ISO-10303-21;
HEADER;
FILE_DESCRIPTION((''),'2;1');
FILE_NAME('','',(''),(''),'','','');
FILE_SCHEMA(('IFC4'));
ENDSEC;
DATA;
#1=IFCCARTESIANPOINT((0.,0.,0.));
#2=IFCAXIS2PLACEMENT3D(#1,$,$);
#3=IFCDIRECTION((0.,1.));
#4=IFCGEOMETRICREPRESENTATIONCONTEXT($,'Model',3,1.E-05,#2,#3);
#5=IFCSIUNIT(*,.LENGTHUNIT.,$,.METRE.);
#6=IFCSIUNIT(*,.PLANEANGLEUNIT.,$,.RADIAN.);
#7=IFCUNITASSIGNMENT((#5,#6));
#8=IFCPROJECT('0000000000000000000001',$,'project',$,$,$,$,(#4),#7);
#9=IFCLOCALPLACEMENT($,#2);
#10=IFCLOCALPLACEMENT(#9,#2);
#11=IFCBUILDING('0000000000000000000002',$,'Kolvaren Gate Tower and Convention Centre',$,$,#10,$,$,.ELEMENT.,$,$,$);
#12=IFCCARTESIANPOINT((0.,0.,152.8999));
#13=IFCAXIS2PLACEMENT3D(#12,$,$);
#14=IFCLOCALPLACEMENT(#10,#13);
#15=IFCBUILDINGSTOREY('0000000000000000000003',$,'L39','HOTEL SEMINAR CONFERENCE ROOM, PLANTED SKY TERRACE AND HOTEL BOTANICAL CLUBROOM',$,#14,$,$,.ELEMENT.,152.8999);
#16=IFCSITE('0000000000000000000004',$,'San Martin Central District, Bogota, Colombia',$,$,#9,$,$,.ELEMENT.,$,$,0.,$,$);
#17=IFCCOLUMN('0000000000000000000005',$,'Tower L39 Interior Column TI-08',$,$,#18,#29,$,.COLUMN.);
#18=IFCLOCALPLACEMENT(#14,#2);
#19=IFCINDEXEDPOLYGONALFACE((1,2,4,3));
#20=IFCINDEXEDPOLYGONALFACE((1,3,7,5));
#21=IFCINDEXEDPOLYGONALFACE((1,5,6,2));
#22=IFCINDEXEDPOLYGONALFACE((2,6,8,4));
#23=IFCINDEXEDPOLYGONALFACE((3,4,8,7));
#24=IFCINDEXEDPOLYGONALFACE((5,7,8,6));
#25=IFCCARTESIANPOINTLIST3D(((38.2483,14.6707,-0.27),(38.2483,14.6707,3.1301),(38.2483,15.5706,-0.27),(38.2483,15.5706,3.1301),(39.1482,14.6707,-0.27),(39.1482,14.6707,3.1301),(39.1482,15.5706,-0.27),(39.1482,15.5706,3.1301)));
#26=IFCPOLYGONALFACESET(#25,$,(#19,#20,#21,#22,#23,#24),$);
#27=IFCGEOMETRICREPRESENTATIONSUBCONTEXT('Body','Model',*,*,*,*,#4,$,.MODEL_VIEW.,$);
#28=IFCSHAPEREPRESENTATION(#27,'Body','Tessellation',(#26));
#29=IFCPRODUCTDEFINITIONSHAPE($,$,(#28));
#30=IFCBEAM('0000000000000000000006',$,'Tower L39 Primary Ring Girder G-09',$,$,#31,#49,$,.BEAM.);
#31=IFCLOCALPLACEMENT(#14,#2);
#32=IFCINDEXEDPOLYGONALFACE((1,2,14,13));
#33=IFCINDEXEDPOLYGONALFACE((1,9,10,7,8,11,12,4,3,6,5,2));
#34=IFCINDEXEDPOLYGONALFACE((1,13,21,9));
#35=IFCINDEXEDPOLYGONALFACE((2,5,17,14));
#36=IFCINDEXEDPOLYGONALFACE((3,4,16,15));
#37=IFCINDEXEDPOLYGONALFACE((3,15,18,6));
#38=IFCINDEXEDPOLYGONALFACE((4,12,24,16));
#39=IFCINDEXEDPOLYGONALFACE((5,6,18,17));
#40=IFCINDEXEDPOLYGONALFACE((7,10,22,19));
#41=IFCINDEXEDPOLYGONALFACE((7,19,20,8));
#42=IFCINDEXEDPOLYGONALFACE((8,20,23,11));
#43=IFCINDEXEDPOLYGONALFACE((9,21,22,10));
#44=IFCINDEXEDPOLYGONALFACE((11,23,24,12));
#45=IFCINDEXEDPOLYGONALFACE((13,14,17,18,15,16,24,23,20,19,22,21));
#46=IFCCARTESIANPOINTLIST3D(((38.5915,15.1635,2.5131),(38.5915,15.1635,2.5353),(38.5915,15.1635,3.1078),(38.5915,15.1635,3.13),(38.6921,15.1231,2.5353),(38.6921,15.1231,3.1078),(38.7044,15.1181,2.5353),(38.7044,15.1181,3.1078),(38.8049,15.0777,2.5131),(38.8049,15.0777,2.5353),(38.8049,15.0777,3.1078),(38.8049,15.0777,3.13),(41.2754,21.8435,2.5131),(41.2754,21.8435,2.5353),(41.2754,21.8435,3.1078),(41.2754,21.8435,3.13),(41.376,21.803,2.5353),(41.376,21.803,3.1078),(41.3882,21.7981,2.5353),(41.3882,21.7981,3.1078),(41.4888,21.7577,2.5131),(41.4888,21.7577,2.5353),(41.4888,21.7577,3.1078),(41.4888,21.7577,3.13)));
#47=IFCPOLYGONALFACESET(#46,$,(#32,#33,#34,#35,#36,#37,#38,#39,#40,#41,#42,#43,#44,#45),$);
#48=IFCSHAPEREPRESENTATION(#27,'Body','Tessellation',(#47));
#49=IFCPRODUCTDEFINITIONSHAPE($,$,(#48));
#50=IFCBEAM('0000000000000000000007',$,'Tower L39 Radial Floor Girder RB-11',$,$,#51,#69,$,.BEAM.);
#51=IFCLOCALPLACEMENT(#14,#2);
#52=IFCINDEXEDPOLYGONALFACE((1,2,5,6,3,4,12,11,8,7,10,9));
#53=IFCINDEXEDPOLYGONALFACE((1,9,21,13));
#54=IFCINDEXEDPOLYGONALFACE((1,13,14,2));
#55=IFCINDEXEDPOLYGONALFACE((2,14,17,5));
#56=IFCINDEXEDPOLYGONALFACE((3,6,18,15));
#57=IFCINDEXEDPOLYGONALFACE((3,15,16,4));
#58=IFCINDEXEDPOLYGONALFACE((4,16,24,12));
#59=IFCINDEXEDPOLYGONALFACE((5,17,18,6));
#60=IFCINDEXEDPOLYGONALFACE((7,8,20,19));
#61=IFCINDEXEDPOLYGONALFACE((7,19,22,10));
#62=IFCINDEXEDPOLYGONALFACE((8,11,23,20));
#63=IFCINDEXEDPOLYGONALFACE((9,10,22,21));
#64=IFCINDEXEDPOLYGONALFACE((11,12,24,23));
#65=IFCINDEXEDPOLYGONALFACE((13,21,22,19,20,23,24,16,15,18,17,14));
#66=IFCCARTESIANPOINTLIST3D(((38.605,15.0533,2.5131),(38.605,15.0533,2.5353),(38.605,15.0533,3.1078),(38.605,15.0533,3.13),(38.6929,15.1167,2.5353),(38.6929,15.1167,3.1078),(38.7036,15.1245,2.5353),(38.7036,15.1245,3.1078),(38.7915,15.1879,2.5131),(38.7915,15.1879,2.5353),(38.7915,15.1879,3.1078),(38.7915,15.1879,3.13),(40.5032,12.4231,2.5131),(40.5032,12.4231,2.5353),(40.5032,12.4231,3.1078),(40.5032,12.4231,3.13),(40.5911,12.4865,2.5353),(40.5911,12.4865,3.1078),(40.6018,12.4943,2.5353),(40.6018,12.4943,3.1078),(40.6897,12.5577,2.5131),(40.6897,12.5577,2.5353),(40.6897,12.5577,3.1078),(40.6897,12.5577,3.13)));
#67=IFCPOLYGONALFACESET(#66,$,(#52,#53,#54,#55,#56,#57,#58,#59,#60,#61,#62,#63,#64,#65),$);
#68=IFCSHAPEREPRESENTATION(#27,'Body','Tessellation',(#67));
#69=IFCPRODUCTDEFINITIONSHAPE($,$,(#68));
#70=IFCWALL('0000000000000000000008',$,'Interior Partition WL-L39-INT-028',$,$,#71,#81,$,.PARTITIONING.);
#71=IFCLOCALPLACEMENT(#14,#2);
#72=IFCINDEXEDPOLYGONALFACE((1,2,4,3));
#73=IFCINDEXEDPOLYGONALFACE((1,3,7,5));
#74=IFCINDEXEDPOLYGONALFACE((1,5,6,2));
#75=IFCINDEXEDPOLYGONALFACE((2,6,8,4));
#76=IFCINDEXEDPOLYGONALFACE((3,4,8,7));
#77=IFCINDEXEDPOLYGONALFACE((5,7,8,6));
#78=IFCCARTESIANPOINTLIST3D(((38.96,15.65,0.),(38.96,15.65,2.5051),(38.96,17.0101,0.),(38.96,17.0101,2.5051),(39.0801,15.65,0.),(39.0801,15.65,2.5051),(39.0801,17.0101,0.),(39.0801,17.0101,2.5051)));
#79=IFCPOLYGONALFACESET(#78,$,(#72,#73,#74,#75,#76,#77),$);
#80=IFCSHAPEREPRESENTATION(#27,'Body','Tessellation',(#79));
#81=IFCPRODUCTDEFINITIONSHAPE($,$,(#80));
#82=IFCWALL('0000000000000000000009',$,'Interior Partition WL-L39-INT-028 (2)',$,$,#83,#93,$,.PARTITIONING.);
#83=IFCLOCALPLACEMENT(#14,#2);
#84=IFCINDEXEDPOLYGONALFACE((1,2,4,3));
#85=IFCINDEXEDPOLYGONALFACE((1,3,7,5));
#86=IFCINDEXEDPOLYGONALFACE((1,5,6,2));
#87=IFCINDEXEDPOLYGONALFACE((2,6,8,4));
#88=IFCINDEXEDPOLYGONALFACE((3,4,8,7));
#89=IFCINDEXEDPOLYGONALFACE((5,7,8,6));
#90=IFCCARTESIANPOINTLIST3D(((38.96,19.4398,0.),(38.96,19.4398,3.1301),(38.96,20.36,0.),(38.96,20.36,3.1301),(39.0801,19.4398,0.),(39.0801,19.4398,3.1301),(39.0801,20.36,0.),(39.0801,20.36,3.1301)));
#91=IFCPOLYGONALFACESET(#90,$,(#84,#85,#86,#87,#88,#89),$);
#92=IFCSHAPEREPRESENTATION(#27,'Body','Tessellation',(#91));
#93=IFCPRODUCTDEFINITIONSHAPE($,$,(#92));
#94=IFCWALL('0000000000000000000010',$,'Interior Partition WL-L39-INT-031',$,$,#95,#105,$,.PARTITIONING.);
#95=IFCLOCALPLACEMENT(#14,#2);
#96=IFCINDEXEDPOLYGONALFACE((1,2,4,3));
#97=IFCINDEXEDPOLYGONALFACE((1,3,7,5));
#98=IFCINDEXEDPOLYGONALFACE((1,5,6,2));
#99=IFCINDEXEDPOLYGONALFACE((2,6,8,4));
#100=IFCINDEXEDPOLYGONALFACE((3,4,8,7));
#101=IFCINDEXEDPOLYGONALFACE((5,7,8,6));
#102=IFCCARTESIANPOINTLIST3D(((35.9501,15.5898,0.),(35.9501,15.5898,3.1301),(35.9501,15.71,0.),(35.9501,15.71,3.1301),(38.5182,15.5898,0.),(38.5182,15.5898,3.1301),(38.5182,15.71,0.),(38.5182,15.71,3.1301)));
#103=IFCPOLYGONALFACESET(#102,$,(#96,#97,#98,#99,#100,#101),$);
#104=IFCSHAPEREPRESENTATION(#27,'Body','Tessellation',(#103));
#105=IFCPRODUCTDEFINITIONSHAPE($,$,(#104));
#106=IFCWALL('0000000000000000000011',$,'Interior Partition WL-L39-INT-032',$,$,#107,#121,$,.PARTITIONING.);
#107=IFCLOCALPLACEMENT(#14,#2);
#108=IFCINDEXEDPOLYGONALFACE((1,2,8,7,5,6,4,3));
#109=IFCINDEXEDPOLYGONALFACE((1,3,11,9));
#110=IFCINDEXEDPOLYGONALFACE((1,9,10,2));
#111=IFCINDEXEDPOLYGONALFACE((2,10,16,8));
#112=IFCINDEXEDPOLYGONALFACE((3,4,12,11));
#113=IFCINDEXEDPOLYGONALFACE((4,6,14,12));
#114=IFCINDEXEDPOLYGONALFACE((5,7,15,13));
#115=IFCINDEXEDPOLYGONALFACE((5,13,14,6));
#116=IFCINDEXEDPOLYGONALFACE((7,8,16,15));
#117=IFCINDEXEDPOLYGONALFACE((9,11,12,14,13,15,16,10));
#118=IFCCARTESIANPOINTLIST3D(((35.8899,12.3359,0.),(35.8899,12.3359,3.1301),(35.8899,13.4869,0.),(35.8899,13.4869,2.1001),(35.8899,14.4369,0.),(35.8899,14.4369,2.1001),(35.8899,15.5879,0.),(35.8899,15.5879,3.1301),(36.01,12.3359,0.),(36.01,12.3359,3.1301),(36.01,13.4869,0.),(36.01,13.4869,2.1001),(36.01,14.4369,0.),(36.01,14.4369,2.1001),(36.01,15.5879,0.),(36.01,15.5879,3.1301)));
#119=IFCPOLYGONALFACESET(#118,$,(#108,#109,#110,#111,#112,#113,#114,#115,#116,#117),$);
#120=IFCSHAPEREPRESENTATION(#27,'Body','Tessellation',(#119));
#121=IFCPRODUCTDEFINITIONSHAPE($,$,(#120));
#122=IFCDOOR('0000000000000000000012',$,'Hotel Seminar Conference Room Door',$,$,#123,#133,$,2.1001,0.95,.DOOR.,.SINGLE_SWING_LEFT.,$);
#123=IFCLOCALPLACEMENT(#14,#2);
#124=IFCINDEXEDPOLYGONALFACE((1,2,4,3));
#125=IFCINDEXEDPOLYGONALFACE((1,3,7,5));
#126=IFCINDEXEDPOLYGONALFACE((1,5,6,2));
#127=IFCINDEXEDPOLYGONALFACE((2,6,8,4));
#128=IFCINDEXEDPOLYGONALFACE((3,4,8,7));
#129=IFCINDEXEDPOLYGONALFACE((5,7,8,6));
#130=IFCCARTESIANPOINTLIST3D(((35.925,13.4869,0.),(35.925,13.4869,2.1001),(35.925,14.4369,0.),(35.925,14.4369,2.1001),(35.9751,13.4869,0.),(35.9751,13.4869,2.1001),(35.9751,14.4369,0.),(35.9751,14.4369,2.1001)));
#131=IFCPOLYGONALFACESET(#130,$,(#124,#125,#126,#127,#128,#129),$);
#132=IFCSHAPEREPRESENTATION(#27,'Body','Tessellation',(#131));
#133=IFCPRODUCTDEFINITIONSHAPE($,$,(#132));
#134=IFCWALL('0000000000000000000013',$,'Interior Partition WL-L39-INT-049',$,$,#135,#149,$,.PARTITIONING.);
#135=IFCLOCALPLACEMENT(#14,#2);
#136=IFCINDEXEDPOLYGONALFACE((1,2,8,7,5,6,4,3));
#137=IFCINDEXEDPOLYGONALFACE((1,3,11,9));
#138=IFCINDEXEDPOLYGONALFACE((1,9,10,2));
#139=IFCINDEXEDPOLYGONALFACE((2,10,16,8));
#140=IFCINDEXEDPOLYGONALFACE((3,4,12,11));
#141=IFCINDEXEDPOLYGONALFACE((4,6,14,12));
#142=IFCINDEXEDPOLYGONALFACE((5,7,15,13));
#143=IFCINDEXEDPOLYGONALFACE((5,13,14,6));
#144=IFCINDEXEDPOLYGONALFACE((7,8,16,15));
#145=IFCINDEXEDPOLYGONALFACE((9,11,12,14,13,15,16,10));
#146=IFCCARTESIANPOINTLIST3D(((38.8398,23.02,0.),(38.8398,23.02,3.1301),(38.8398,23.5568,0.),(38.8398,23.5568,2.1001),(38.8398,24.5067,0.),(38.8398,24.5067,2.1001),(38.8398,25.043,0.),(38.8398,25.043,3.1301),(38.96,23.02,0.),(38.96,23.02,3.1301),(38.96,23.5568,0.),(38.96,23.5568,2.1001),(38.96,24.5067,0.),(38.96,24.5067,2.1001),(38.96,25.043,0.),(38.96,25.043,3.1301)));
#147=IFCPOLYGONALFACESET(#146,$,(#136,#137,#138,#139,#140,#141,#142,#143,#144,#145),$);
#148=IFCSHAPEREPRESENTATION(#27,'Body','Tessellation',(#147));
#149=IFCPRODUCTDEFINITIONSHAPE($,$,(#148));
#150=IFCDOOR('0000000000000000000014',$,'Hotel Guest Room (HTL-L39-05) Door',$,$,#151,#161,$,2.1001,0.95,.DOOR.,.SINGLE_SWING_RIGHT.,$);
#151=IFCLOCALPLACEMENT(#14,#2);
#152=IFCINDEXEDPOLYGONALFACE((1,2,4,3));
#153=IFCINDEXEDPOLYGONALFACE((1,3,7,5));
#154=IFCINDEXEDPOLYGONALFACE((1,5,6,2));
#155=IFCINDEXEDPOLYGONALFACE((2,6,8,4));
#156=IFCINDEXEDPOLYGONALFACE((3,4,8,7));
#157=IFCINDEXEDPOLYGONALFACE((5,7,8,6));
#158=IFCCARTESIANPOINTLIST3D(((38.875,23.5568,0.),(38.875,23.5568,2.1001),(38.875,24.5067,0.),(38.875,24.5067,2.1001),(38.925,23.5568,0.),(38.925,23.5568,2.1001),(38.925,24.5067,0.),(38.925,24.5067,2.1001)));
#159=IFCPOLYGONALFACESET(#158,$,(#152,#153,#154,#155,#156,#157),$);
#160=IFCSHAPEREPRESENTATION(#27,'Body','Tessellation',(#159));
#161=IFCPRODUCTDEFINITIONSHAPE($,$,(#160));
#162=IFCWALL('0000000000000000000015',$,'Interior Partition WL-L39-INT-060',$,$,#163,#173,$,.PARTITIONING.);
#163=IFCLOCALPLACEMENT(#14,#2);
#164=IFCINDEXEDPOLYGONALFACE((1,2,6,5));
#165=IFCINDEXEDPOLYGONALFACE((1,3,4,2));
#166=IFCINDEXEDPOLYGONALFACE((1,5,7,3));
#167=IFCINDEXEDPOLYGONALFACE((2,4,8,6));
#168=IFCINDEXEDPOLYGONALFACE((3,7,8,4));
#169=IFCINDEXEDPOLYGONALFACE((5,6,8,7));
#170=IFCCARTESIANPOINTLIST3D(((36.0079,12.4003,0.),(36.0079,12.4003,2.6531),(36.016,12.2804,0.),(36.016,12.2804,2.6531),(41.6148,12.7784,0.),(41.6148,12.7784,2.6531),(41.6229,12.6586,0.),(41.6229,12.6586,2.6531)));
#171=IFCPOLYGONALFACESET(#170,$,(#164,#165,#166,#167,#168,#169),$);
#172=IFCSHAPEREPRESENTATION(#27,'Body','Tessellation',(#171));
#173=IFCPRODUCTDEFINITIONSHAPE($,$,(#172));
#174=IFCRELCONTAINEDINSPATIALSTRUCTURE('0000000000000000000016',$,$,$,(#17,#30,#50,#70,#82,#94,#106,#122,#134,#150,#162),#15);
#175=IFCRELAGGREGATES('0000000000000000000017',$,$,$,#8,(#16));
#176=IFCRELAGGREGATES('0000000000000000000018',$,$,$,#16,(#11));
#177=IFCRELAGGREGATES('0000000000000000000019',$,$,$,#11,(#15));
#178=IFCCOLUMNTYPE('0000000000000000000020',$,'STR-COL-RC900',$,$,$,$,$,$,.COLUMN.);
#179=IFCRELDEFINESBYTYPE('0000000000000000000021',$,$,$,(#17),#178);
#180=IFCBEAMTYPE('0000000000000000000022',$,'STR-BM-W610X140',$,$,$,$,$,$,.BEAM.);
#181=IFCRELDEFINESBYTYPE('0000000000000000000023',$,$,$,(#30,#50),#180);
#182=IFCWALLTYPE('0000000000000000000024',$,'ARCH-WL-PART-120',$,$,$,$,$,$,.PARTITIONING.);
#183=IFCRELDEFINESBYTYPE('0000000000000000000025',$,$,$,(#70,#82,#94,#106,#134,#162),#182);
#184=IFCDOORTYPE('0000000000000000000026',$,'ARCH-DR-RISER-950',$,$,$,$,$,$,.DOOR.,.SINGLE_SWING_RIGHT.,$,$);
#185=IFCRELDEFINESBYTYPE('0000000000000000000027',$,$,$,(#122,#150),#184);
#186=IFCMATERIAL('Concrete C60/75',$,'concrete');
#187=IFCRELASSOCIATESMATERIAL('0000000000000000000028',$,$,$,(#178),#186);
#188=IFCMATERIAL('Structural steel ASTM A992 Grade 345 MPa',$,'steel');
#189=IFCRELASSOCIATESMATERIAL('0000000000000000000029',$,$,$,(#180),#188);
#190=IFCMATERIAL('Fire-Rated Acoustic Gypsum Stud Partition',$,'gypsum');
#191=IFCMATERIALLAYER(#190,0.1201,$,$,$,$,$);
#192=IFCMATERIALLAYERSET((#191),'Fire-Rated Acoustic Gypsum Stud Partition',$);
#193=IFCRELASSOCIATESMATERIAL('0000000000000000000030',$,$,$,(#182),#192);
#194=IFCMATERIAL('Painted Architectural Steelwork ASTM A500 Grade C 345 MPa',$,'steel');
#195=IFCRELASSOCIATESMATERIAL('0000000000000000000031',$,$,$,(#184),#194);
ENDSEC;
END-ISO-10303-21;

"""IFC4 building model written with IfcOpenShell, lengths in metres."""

from ifc_helpers import new_model, si_unit, direction, frame, frame_2d, origin, origin_2d, place, context, subcontext, project, spatial, rectangle, i_section, extrude, material, layer, layer_set, material_profile, profile_set, type_object, element, fill, save


model = new_model("IFC4")

# Units and contexts
model_context = context("Model", 3, precision=1e-05, world=origin(), true_north=direction((0.0, 1.0)))
body_context = subcontext(model_context, "Body", "Model", "MODEL_VIEW")
ifc_project = project(units=[si_unit("LENGTHUNIT", "METRE"), si_unit("PLANEANGLEUNIT", "RADIAN")], contexts=[model_context])

# Site, building, storey
site_placement = place(None, origin())
site = spatial("IfcSite", under=ifc_project, at=site_placement, Name="San Martin Central District, Bogota, Colombia", CompositionType="ELEMENT", RefElevation=0.0)
building_placement = place(site_placement, origin())
building = spatial("IfcBuilding", under=site, at=building_placement, Name="Kolvaren Gate Tower and Convention Centre", CompositionType="ELEMENT")
storey_placement = place(building_placement, frame((0.0, 0.0, 152.8999)))
storey = spatial("IfcBuildingStorey", under=building, at=storey_placement, Name="L39", Description="HOTEL SEMINAR CONFERENCE ROOM, PLANTED SKY TERRACE AND HOTEL BOTANICAL CLUBROOM", CompositionType="ELEMENT", Elevation=152.8999)

# Column
ifc_material_1 = material(Name="Concrete C60/75", Category="concrete")
ifc_material_profile_1 = material_profile(ifc_material_1, rectangle(XDim=0.8999, YDim=0.8999, at=origin_2d()), Name="RC-COL-900X900")
ifc_profile_set_1 = profile_set([ifc_material_profile_1], Name="Concrete C60/75")
column_type = type_object("IfcColumnType", Name="STR-COL-RC900", PredefinedType="COLUMN", material=ifc_profile_set_1)
column_placement = place(storey_placement, frame((38.6982, 15.1206, -0.27), z_axis=(0.0, 0.0, 1.0), x_axis=(1.0, 0.0, 0.0)))
element("IfcColumn", 1, at=column_placement, inside=storey, type_object=column_type, Name="Tower L39 Interior Column TI-08", PredefinedType="COLUMN", context=body_context, shape_type="SweptSolid", body=[
    extrude(rectangle(XDim=0.8999, YDim=0.8999, at=origin_2d()), origin(), (0.0, 0.0, 1.0), 3.4001),
])

# Beams
ifc_material_2 = material(Name="Structural steel ASTM A992 Grade 345 MPa", Category="steel")
ifc_material_profile_2 = material_profile(ifc_material_2, i_section(OverallWidth=0.23, OverallDepth=0.6169, WebThickness=0.0132, FlangeThickness=0.0222, at=origin_2d()), Name="W610X140")
ifc_profile_set_2 = profile_set([ifc_material_profile_2], Name="Structural steel ASTM A992 Grade 345 MPa")
beam_type = type_object("IfcBeamType", Name="STR-BM-W610X140", PredefinedType="BEAM", material=ifc_profile_set_2)
beam_1_placement = place(storey_placement, frame((38.6982, 15.1206, 2.8215), z_axis=(0.372811, 0.927907, 0.0), x_axis=(-0.927907, 0.372811, 0.0)))
element("IfcBeam", 2, at=beam_1_placement, inside=storey, type_object=beam_type, Name="Tower L39 Primary Ring Girder G-09", PredefinedType="BEAM", context=body_context, shape_type="SweptSolid", body=[
    extrude(i_section(OverallWidth=0.23, OverallDepth=0.6169, WebThickness=0.0132, FlangeThickness=0.0222, at=origin_2d()), origin(), (0.0, 0.0, 1.0), 7.199),
])
beam_2_placement = place(storey_placement, frame((38.6982, 15.1206, 2.8215), z_axis=(0.585218, -0.810876, 0.0), x_axis=(0.810876, 0.585218, 0.0)))
element("IfcBeam", 3, at=beam_2_placement, inside=storey, type_object=beam_type, Name="Tower L39 Radial Floor Girder RB-11", PredefinedType="BEAM", context=body_context, shape_type="SweptSolid", body=[
    extrude(i_section(OverallWidth=0.23, OverallDepth=0.6169, WebThickness=0.0132, FlangeThickness=0.0222, at=origin_2d()), origin(), (0.0, 0.0, 1.0), 3.2437),
])

# Walls
ifc_material_3 = material(Name="Fire-Rated Acoustic Gypsum Stud Partition", Category="gypsum")
ifc_layer_1 = layer(ifc_material_3, 0.1201)
ifc_layer_set_1 = layer_set([ifc_layer_1], Name="Fire-Rated Acoustic Gypsum Stud Partition")
wall_type_1 = type_object("IfcWallType", Name="ARCH-WL-PART-120", PredefinedType="PARTITIONING", material=ifc_layer_set_1)
wall_1_placement = place(storey_placement, frame((39.02, 15.6499, 0.0), z_axis=(0.0, 0.0, 1.0), x_axis=(0.0, 1.0, 0.0)))
element("IfcWall", 4, at=wall_1_placement, inside=storey, type_object=wall_type_1, Name="Interior Partition WL-L39-INT-028", PredefinedType="PARTITIONING", context=body_context, shape_type="SweptSolid", body=[
    extrude(rectangle(XDim=1.3601, YDim=0.1201, at=frame_2d((0.6802, 0.0))), origin(), (0.0, 0.0, 1.0), 2.5051),
])
wall_2_placement = place(storey_placement, frame((39.02, 19.4399, 0.0), z_axis=(0.0, 0.0, 1.0), x_axis=(0.0, 1.0, 0.0)))
element("IfcWall", 5, at=wall_2_placement, inside=storey, type_object=wall_type_1, Name="Interior Partition WL-L39-INT-028 (2)", PredefinedType="PARTITIONING", context=body_context, shape_type="SweptSolid", body=[
    extrude(rectangle(XDim=0.9202, YDim=0.1201, at=frame_2d((0.46, 0.0))), origin(), (0.0, 0.0, 1.0), 3.1301),
])
wall_3_placement = place(storey_placement, frame((35.95, 15.6499, 0.0), z_axis=(0.0, 0.0, 1.0), x_axis=(1.0, 0.0, 0.0)))
element("IfcWall", 6, at=wall_3_placement, inside=storey, type_object=wall_type_1, Name="Interior Partition WL-L39-INT-031", PredefinedType="PARTITIONING", context=body_context, shape_type="SweptSolid", body=[
    extrude(rectangle(XDim=2.5681, YDim=0.1201, at=frame_2d((1.2842, 0.0))), origin(), (0.0, 0.0, 1.0), 3.1301),
])

# Walls, openings, doors
wall_4_placement = place(storey_placement, frame((35.95, 12.3359, 0.0), z_axis=(0.0, 0.0, 1.0), x_axis=(0.0, 1.0, 0.0)))
wall_4 = element("IfcWall", 7, at=wall_4_placement, inside=storey, type_object=wall_type_1, Name="Interior Partition WL-L39-INT-032", PredefinedType="PARTITIONING", context=body_context, shape_type="SweptSolid", body=[
    extrude(rectangle(XDim=3.252, YDim=0.1201, at=frame_2d((1.626, 0.0))), origin(), (0.0, 0.0, 1.0), 3.1301),
])
opening_1_placement = place(wall_4_placement, frame((1.1509, 0.0, 0.0)))
opening_1 = element("IfcOpeningElement", 8, at=opening_1_placement, cuts=wall_4, PredefinedType="OPENING", context=body_context, shape_type="SweptSolid", body=[
    extrude(rectangle(XDim=0.95, YDim=2.1001, at=frame_2d((0.4751, 1.05))), frame((0.0, 0.0701, 0.0), z_axis=(0.0, -1.0, 0.0), x_axis=(1.0, 0.0, 0.0)), (0.0, 0.0, 1.0), 0.1401),
])
ifc_material_4 = material(Name="Painted Architectural Steelwork ASTM A500 Grade C 345 MPa", Category="steel")
door_type_1 = type_object("IfcDoorType", Name="ARCH-DR-RISER-950", OperationType="SINGLE_SWING_RIGHT", PredefinedType="DOOR", material=ifc_material_4)
door_1_placement = place(opening_1_placement, origin())
door_1 = element("IfcDoor", 9, at=door_1_placement, inside=storey, type_object=door_type_1, Name="Hotel Seminar Conference Room Door", OperationType="SINGLE_SWING_LEFT", OverallHeight=2.1001, OverallWidth=0.95, PredefinedType="DOOR", context=body_context, shape_type="SweptSolid", body=[
    extrude(rectangle(XDim=0.95, YDim=2.1001, at=frame_2d((0.4751, 1.05))), frame((0.0, 0.0249, 0.0), z_axis=(0.0, -1.0, 0.0), x_axis=(1.0, 0.0, 0.0)), (0.0, 0.0, 1.0), 0.05),
])
fill(opening_1, door_1)
wall_5_placement = place(storey_placement, frame((38.8999, 23.02, 0.0), z_axis=(0.0, 0.0, 1.0), x_axis=(0.0, 1.0, 0.0)))
wall_5 = element("IfcWall", 10, at=wall_5_placement, inside=storey, type_object=wall_type_1, Name="Interior Partition WL-L39-INT-049", PredefinedType="PARTITIONING", context=body_context, shape_type="SweptSolid", body=[
    extrude(rectangle(XDim=2.0229, YDim=0.1201, at=frame_2d((1.0115, 0.0))), origin(), (0.0, 0.0, 1.0), 3.1301),
])
opening_2_placement = place(wall_5_placement, frame((0.5366, 0.0, 0.0)))
opening_2 = element("IfcOpeningElement", 11, at=opening_2_placement, cuts=wall_5, PredefinedType="OPENING", context=body_context, shape_type="SweptSolid", body=[
    extrude(rectangle(XDim=0.95, YDim=2.1001, at=frame_2d((0.4751, 1.05))), frame((0.0, 0.0701, 0.0), z_axis=(0.0, -1.0, 0.0), x_axis=(1.0, 0.0, 0.0)), (0.0, 0.0, 1.0), 0.1401),
])
door_2_placement = place(opening_2_placement, origin())
door_2 = element("IfcDoor", 12, at=door_2_placement, inside=storey, type_object=door_type_1, Name="Hotel Guest Room (HTL-L39-05) Door", OperationType="SINGLE_SWING_RIGHT", OverallHeight=2.1001, OverallWidth=0.95, PredefinedType="DOOR", context=body_context, shape_type="SweptSolid", body=[
    extrude(rectangle(XDim=0.95, YDim=2.1001, at=frame_2d((0.4751, 1.05))), frame((0.0, 0.0249, 0.0), z_axis=(0.0, -1.0, 0.0), x_axis=(1.0, 0.0, 0.0)), (0.0, 0.0, 1.0), 0.05),
])
fill(opening_2, door_2)

# Wall
wall_6_placement = place(storey_placement, frame((36.012, 12.3403, 0.0), z_axis=(0.0, 0.0, 1.0), x_axis=(0.997733, 0.067295, 0.0)))
element("IfcWall", 13, at=wall_6_placement, inside=storey, type_object=wall_type_1, Name="Interior Partition WL-L39-INT-060", PredefinedType="PARTITIONING", context=body_context, shape_type="SweptSolid", body=[
    extrude(rectangle(XDim=5.6196, YDim=0.1201, at=frame_2d((2.8098, 0.0))), origin(), (0.0, 0.0, 1.0), 2.6531),
])

save(model, "model.ifc")
